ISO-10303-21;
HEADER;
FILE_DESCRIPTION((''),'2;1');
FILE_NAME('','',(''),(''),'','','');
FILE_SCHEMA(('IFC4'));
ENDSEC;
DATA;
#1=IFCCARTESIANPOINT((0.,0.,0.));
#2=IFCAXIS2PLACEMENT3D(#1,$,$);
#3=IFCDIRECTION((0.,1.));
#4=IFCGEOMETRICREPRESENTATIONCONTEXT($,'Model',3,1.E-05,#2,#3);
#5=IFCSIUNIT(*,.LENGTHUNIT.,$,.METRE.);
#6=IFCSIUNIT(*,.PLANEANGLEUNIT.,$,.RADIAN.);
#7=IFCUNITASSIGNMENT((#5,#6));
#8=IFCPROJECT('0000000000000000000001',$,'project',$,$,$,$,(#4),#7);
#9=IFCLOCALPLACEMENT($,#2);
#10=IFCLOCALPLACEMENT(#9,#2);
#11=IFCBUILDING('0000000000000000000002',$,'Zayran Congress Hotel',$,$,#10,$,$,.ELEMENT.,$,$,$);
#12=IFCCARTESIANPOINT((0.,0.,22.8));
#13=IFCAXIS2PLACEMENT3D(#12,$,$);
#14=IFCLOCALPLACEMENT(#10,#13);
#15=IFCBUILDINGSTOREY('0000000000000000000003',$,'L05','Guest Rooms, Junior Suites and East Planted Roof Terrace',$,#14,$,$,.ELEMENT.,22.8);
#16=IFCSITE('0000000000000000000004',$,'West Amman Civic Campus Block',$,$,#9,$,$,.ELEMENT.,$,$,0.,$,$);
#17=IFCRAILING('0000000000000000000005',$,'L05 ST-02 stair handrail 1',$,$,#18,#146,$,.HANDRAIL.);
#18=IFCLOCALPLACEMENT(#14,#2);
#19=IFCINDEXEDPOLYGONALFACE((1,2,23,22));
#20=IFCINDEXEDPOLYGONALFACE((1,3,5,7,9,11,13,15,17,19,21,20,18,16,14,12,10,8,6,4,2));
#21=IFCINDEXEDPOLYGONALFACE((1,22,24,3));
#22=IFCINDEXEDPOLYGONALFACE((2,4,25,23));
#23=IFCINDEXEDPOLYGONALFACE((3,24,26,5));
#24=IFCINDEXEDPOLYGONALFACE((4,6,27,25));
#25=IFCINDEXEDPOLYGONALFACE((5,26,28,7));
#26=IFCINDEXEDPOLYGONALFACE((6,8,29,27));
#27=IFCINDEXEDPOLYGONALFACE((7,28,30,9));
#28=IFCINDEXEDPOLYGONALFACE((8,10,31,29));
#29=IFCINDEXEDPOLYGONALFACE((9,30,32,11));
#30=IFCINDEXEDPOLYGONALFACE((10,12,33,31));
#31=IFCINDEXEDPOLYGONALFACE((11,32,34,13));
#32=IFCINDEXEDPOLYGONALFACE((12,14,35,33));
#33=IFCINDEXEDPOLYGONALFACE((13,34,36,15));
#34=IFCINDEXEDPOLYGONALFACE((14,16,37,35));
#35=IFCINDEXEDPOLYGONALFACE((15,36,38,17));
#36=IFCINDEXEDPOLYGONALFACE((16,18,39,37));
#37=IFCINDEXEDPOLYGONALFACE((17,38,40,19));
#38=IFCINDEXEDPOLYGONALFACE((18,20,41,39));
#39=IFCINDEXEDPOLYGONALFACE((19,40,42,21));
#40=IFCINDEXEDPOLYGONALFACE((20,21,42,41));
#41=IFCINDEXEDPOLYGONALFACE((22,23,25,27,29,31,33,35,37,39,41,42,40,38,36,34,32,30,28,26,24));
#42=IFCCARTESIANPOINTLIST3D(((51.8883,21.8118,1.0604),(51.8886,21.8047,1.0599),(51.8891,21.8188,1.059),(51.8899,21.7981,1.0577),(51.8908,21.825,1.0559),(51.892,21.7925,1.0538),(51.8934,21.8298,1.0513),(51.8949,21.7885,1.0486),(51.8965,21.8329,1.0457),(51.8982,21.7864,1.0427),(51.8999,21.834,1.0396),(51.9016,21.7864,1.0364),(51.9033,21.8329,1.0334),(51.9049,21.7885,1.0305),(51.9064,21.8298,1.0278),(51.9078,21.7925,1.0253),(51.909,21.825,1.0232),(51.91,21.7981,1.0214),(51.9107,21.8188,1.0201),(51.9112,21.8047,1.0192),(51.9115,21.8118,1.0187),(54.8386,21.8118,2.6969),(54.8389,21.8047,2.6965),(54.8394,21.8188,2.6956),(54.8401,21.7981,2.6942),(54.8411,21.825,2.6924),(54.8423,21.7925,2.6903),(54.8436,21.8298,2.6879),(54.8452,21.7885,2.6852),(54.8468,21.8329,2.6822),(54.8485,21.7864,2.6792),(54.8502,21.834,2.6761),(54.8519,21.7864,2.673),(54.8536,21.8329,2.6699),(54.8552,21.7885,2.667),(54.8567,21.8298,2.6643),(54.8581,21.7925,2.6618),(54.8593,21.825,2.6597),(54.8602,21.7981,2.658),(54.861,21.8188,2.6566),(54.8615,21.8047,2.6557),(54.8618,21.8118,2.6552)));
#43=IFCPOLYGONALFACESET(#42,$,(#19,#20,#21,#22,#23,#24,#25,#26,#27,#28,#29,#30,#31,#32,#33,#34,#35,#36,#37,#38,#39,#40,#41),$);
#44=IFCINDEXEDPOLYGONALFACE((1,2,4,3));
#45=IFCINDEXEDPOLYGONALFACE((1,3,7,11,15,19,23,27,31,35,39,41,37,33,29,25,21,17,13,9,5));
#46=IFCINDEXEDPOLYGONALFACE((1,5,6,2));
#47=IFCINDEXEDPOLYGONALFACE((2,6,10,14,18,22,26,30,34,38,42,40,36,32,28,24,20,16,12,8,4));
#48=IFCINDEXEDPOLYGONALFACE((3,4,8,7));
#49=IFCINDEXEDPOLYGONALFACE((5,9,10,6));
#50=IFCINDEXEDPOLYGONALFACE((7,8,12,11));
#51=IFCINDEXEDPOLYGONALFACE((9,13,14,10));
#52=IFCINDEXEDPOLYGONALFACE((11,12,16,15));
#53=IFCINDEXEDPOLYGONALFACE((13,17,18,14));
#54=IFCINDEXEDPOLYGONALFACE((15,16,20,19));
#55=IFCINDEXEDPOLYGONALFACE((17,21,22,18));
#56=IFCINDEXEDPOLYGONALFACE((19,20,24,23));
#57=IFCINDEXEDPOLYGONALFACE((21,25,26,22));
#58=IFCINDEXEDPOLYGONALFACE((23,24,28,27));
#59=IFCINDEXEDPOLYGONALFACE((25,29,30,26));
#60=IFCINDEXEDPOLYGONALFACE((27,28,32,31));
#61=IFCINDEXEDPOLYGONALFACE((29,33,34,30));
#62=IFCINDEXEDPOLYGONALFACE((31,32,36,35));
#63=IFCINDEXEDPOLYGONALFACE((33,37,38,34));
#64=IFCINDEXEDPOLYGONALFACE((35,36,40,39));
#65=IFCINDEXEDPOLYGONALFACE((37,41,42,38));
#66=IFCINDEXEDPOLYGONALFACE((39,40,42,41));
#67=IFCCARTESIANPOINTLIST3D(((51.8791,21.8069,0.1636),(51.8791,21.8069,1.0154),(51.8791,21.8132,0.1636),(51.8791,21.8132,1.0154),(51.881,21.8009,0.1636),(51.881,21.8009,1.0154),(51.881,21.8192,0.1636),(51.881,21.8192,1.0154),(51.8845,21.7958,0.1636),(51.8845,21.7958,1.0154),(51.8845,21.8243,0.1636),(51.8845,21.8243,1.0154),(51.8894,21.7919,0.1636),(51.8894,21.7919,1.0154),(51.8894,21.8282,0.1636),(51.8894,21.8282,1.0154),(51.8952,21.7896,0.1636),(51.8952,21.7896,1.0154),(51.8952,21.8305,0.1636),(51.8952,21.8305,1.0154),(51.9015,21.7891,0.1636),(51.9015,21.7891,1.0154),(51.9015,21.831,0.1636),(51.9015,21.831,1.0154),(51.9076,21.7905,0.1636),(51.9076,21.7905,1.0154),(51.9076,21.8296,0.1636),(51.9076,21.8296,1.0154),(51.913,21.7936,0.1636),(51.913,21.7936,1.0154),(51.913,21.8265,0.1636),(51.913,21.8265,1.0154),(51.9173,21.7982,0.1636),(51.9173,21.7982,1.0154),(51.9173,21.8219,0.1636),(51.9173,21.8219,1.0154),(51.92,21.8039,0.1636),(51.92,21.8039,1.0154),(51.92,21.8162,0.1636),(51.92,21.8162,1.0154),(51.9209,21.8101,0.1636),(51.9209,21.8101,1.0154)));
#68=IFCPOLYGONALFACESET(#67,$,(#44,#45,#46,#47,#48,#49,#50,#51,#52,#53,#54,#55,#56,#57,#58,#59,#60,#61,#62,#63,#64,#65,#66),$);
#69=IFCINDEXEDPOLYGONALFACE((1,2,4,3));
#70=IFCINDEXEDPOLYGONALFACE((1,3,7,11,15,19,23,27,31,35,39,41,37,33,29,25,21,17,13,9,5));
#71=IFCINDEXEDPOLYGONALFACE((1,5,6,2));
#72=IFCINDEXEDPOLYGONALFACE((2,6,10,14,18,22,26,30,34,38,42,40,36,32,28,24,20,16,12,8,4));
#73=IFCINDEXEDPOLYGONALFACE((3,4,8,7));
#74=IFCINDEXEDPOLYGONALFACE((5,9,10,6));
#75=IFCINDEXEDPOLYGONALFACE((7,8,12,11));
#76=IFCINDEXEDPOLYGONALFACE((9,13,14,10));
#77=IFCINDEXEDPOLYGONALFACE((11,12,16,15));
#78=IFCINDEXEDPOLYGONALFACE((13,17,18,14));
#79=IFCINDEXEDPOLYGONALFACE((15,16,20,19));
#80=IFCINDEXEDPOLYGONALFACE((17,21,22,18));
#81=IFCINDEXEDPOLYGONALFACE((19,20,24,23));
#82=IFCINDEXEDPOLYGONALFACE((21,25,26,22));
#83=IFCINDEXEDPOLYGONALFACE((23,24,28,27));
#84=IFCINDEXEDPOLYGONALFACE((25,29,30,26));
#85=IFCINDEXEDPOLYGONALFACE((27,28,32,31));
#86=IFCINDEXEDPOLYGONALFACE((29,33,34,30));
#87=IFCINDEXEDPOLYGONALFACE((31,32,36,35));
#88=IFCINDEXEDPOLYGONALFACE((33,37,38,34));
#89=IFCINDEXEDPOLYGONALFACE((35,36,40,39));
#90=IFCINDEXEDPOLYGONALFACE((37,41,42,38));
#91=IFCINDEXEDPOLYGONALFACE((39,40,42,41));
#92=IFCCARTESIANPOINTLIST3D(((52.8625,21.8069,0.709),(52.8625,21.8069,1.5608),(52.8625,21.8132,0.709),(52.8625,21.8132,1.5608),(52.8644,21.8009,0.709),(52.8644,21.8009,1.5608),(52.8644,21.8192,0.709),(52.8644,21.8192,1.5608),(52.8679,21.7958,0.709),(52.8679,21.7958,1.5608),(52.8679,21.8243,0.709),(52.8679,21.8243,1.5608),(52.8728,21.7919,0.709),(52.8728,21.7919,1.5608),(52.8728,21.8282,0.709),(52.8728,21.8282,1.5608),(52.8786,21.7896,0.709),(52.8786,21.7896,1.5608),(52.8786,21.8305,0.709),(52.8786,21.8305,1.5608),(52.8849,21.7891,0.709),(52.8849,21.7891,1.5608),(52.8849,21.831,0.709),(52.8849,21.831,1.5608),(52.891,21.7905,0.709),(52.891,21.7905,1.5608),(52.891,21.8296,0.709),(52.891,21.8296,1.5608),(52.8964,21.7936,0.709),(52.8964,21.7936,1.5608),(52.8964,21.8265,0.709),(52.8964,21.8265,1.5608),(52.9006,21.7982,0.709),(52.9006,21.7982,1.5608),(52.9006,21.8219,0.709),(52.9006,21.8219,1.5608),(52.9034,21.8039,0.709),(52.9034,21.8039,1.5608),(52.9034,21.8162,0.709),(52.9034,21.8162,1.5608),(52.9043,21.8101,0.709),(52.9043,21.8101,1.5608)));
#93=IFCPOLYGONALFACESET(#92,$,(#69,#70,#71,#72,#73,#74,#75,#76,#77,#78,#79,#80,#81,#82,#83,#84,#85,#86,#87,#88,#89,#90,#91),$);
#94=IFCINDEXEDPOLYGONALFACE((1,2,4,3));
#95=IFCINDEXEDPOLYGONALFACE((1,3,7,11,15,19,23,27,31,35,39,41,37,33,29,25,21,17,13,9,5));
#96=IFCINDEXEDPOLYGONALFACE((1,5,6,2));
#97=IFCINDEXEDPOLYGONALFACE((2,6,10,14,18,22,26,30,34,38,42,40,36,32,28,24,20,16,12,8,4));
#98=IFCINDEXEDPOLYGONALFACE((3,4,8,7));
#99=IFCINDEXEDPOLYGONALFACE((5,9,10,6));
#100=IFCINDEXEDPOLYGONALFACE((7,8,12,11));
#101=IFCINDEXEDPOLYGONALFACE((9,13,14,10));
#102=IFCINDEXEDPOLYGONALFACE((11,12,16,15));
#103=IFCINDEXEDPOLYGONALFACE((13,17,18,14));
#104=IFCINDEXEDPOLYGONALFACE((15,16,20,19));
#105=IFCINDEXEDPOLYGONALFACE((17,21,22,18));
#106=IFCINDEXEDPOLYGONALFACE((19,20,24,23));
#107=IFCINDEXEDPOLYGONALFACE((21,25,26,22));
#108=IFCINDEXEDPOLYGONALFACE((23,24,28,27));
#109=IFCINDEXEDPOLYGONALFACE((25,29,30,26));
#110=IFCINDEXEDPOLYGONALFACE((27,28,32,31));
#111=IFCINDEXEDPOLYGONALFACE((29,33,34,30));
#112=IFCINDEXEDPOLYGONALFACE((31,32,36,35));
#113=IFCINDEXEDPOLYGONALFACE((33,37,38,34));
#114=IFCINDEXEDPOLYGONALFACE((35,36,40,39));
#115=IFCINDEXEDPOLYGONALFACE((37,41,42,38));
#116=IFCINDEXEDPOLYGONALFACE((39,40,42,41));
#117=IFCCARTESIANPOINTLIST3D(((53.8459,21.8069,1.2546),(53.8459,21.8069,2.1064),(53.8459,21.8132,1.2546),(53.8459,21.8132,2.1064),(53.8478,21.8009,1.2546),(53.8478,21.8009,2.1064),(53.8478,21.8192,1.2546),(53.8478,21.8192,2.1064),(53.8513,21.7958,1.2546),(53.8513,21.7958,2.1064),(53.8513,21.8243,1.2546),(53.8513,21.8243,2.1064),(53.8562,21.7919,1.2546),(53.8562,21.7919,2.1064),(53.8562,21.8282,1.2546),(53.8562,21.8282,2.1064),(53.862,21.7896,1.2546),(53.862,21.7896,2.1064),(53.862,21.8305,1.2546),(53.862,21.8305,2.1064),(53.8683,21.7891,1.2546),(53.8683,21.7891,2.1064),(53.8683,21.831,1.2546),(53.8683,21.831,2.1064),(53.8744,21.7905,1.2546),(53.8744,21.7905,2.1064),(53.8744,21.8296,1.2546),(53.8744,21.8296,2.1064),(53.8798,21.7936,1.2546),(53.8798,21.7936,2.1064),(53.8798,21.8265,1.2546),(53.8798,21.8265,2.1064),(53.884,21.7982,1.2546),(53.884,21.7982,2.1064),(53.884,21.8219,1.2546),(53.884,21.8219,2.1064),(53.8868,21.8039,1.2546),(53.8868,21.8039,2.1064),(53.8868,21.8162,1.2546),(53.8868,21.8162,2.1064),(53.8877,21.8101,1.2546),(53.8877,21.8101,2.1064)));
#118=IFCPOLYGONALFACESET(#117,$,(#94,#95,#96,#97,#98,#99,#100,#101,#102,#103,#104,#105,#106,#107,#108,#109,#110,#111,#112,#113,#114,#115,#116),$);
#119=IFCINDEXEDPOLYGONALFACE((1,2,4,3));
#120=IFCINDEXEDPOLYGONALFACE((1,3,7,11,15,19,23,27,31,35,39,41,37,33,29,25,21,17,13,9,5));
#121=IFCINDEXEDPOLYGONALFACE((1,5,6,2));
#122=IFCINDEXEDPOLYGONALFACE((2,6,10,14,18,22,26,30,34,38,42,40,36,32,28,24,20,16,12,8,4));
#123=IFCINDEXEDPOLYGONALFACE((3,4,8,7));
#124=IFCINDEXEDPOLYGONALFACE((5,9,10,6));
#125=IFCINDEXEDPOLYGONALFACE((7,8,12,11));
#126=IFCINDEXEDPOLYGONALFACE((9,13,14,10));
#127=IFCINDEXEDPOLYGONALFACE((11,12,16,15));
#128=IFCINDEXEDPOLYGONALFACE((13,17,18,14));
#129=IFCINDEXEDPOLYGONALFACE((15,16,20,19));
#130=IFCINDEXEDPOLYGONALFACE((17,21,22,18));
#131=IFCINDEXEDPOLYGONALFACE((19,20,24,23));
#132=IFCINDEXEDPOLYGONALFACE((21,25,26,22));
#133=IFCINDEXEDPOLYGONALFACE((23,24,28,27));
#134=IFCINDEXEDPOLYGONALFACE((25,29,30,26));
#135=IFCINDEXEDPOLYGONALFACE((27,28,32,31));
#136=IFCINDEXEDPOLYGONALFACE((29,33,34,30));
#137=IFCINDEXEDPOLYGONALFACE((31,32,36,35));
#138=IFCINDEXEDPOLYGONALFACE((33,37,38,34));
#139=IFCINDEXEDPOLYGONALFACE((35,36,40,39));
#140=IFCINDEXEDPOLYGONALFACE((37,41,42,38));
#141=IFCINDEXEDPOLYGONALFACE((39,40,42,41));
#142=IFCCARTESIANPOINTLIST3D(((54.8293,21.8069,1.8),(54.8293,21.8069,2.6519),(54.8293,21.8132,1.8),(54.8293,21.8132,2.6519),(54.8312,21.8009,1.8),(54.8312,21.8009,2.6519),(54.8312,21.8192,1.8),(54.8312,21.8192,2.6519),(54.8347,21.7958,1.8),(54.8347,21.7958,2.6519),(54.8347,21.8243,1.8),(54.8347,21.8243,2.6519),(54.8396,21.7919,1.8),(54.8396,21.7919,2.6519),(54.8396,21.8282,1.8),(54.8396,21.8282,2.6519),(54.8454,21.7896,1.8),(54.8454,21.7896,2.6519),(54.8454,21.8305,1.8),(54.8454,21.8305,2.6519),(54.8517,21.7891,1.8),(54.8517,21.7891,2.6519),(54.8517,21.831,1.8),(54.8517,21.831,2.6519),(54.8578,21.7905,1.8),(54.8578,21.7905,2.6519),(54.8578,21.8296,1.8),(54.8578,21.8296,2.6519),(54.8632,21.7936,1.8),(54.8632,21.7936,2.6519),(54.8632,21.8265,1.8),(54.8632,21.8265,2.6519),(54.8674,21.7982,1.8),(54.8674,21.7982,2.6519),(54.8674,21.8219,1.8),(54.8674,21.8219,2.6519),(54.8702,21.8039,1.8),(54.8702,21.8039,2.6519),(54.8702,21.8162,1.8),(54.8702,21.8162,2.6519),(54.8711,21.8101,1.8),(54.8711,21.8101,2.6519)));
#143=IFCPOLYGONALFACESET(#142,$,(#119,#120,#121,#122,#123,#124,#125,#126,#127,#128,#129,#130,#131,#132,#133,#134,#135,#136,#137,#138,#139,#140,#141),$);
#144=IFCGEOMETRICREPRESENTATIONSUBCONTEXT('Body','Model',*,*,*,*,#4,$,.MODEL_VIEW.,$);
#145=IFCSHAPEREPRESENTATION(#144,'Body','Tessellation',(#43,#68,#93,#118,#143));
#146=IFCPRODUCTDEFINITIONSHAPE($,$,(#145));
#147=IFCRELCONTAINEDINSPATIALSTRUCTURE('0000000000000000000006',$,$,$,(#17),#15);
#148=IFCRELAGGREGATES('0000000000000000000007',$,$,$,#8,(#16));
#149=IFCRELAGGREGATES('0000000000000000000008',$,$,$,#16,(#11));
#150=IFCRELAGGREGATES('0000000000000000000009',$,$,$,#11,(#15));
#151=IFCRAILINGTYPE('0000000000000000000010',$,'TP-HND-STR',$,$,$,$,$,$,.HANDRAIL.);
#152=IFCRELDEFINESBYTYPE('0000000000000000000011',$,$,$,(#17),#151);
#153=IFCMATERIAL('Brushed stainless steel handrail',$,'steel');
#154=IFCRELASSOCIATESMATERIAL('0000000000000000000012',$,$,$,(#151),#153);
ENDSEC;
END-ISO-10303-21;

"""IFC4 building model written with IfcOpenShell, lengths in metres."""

from ifc_helpers import new_model, si_unit, direction, frame, origin, origin_2d, place, context, subcontext, project, spatial, circle, extrude, material, type_object, element, save


model = new_model("IFC4")

# Units and contexts
model_context = context("Model", 3, precision=1e-05, world=origin(), true_north=direction((0.0, 1.0)))
body_context = subcontext(model_context, "Body", "Model", "MODEL_VIEW")
ifc_project = project(units=[si_unit("LENGTHUNIT", "METRE"), si_unit("PLANEANGLEUNIT", "RADIAN")], contexts=[model_context])

# Site, building, storey
site_placement = place(None, origin())
site = spatial("IfcSite", under=ifc_project, at=site_placement, Name="West Amman Civic Campus Block", CompositionType="ELEMENT", RefElevation=0.0)
building_placement = place(site_placement, origin())
building = spatial("IfcBuilding", under=site, at=building_placement, Name="Zayran Congress Hotel", CompositionType="ELEMENT")
storey_placement = place(building_placement, frame((0.0, 0.0, 22.8)))
storey = spatial("IfcBuildingStorey", under=building, at=storey_placement, Name="L05", Description="Guest Rooms, Junior Suites and East Planted Roof Terrace", CompositionType="ELEMENT", Elevation=22.8)

# Railing
ifc_material_1 = material(Name="Brushed stainless steel handrail", Category="steel")
railing_type = type_object("IfcRailingType", Name="TP-HND-STR", PredefinedType="HANDRAIL", material=ifc_material_1)
railing_placement = place(storey_placement, frame((51.8999, 21.8101, 0.1636)))
element("IfcRailing", 1, at=railing_placement, inside=storey, type_object=railing_type, Name="L05 ST-02 stair handrail 1", PredefinedType="HANDRAIL", context=body_context, shape_type="SweptSolid", body=[
    extrude(circle(Radius=0.0239, at=origin_2d()), frame((0.0, 0.0, 0.876), z_axis=(0.874475, 0.0, 0.485071), x_axis=(0.0, 1.0, 0.0)), (0.0, 0.0, 1.0), 3.3738),
    extrude(circle(Radius=0.021, at=origin_2d()), origin(), (0.0, 0.0, 1.0), 0.8518),
    extrude(circle(Radius=0.021, at=origin_2d()), frame((0.9834, 0.0, 0.5454)), (0.0, 0.0, 1.0), 0.8518),
    extrude(circle(Radius=0.021, at=origin_2d()), frame((1.9668, 0.0, 1.0911)), (0.0, 0.0, 1.0), 0.8518),
    extrude(circle(Radius=0.021, at=origin_2d()), frame((2.9502, 0.0, 1.6365)), (0.0, 0.0, 1.0), 0.8518),
])

save(model, "model.ifc")
